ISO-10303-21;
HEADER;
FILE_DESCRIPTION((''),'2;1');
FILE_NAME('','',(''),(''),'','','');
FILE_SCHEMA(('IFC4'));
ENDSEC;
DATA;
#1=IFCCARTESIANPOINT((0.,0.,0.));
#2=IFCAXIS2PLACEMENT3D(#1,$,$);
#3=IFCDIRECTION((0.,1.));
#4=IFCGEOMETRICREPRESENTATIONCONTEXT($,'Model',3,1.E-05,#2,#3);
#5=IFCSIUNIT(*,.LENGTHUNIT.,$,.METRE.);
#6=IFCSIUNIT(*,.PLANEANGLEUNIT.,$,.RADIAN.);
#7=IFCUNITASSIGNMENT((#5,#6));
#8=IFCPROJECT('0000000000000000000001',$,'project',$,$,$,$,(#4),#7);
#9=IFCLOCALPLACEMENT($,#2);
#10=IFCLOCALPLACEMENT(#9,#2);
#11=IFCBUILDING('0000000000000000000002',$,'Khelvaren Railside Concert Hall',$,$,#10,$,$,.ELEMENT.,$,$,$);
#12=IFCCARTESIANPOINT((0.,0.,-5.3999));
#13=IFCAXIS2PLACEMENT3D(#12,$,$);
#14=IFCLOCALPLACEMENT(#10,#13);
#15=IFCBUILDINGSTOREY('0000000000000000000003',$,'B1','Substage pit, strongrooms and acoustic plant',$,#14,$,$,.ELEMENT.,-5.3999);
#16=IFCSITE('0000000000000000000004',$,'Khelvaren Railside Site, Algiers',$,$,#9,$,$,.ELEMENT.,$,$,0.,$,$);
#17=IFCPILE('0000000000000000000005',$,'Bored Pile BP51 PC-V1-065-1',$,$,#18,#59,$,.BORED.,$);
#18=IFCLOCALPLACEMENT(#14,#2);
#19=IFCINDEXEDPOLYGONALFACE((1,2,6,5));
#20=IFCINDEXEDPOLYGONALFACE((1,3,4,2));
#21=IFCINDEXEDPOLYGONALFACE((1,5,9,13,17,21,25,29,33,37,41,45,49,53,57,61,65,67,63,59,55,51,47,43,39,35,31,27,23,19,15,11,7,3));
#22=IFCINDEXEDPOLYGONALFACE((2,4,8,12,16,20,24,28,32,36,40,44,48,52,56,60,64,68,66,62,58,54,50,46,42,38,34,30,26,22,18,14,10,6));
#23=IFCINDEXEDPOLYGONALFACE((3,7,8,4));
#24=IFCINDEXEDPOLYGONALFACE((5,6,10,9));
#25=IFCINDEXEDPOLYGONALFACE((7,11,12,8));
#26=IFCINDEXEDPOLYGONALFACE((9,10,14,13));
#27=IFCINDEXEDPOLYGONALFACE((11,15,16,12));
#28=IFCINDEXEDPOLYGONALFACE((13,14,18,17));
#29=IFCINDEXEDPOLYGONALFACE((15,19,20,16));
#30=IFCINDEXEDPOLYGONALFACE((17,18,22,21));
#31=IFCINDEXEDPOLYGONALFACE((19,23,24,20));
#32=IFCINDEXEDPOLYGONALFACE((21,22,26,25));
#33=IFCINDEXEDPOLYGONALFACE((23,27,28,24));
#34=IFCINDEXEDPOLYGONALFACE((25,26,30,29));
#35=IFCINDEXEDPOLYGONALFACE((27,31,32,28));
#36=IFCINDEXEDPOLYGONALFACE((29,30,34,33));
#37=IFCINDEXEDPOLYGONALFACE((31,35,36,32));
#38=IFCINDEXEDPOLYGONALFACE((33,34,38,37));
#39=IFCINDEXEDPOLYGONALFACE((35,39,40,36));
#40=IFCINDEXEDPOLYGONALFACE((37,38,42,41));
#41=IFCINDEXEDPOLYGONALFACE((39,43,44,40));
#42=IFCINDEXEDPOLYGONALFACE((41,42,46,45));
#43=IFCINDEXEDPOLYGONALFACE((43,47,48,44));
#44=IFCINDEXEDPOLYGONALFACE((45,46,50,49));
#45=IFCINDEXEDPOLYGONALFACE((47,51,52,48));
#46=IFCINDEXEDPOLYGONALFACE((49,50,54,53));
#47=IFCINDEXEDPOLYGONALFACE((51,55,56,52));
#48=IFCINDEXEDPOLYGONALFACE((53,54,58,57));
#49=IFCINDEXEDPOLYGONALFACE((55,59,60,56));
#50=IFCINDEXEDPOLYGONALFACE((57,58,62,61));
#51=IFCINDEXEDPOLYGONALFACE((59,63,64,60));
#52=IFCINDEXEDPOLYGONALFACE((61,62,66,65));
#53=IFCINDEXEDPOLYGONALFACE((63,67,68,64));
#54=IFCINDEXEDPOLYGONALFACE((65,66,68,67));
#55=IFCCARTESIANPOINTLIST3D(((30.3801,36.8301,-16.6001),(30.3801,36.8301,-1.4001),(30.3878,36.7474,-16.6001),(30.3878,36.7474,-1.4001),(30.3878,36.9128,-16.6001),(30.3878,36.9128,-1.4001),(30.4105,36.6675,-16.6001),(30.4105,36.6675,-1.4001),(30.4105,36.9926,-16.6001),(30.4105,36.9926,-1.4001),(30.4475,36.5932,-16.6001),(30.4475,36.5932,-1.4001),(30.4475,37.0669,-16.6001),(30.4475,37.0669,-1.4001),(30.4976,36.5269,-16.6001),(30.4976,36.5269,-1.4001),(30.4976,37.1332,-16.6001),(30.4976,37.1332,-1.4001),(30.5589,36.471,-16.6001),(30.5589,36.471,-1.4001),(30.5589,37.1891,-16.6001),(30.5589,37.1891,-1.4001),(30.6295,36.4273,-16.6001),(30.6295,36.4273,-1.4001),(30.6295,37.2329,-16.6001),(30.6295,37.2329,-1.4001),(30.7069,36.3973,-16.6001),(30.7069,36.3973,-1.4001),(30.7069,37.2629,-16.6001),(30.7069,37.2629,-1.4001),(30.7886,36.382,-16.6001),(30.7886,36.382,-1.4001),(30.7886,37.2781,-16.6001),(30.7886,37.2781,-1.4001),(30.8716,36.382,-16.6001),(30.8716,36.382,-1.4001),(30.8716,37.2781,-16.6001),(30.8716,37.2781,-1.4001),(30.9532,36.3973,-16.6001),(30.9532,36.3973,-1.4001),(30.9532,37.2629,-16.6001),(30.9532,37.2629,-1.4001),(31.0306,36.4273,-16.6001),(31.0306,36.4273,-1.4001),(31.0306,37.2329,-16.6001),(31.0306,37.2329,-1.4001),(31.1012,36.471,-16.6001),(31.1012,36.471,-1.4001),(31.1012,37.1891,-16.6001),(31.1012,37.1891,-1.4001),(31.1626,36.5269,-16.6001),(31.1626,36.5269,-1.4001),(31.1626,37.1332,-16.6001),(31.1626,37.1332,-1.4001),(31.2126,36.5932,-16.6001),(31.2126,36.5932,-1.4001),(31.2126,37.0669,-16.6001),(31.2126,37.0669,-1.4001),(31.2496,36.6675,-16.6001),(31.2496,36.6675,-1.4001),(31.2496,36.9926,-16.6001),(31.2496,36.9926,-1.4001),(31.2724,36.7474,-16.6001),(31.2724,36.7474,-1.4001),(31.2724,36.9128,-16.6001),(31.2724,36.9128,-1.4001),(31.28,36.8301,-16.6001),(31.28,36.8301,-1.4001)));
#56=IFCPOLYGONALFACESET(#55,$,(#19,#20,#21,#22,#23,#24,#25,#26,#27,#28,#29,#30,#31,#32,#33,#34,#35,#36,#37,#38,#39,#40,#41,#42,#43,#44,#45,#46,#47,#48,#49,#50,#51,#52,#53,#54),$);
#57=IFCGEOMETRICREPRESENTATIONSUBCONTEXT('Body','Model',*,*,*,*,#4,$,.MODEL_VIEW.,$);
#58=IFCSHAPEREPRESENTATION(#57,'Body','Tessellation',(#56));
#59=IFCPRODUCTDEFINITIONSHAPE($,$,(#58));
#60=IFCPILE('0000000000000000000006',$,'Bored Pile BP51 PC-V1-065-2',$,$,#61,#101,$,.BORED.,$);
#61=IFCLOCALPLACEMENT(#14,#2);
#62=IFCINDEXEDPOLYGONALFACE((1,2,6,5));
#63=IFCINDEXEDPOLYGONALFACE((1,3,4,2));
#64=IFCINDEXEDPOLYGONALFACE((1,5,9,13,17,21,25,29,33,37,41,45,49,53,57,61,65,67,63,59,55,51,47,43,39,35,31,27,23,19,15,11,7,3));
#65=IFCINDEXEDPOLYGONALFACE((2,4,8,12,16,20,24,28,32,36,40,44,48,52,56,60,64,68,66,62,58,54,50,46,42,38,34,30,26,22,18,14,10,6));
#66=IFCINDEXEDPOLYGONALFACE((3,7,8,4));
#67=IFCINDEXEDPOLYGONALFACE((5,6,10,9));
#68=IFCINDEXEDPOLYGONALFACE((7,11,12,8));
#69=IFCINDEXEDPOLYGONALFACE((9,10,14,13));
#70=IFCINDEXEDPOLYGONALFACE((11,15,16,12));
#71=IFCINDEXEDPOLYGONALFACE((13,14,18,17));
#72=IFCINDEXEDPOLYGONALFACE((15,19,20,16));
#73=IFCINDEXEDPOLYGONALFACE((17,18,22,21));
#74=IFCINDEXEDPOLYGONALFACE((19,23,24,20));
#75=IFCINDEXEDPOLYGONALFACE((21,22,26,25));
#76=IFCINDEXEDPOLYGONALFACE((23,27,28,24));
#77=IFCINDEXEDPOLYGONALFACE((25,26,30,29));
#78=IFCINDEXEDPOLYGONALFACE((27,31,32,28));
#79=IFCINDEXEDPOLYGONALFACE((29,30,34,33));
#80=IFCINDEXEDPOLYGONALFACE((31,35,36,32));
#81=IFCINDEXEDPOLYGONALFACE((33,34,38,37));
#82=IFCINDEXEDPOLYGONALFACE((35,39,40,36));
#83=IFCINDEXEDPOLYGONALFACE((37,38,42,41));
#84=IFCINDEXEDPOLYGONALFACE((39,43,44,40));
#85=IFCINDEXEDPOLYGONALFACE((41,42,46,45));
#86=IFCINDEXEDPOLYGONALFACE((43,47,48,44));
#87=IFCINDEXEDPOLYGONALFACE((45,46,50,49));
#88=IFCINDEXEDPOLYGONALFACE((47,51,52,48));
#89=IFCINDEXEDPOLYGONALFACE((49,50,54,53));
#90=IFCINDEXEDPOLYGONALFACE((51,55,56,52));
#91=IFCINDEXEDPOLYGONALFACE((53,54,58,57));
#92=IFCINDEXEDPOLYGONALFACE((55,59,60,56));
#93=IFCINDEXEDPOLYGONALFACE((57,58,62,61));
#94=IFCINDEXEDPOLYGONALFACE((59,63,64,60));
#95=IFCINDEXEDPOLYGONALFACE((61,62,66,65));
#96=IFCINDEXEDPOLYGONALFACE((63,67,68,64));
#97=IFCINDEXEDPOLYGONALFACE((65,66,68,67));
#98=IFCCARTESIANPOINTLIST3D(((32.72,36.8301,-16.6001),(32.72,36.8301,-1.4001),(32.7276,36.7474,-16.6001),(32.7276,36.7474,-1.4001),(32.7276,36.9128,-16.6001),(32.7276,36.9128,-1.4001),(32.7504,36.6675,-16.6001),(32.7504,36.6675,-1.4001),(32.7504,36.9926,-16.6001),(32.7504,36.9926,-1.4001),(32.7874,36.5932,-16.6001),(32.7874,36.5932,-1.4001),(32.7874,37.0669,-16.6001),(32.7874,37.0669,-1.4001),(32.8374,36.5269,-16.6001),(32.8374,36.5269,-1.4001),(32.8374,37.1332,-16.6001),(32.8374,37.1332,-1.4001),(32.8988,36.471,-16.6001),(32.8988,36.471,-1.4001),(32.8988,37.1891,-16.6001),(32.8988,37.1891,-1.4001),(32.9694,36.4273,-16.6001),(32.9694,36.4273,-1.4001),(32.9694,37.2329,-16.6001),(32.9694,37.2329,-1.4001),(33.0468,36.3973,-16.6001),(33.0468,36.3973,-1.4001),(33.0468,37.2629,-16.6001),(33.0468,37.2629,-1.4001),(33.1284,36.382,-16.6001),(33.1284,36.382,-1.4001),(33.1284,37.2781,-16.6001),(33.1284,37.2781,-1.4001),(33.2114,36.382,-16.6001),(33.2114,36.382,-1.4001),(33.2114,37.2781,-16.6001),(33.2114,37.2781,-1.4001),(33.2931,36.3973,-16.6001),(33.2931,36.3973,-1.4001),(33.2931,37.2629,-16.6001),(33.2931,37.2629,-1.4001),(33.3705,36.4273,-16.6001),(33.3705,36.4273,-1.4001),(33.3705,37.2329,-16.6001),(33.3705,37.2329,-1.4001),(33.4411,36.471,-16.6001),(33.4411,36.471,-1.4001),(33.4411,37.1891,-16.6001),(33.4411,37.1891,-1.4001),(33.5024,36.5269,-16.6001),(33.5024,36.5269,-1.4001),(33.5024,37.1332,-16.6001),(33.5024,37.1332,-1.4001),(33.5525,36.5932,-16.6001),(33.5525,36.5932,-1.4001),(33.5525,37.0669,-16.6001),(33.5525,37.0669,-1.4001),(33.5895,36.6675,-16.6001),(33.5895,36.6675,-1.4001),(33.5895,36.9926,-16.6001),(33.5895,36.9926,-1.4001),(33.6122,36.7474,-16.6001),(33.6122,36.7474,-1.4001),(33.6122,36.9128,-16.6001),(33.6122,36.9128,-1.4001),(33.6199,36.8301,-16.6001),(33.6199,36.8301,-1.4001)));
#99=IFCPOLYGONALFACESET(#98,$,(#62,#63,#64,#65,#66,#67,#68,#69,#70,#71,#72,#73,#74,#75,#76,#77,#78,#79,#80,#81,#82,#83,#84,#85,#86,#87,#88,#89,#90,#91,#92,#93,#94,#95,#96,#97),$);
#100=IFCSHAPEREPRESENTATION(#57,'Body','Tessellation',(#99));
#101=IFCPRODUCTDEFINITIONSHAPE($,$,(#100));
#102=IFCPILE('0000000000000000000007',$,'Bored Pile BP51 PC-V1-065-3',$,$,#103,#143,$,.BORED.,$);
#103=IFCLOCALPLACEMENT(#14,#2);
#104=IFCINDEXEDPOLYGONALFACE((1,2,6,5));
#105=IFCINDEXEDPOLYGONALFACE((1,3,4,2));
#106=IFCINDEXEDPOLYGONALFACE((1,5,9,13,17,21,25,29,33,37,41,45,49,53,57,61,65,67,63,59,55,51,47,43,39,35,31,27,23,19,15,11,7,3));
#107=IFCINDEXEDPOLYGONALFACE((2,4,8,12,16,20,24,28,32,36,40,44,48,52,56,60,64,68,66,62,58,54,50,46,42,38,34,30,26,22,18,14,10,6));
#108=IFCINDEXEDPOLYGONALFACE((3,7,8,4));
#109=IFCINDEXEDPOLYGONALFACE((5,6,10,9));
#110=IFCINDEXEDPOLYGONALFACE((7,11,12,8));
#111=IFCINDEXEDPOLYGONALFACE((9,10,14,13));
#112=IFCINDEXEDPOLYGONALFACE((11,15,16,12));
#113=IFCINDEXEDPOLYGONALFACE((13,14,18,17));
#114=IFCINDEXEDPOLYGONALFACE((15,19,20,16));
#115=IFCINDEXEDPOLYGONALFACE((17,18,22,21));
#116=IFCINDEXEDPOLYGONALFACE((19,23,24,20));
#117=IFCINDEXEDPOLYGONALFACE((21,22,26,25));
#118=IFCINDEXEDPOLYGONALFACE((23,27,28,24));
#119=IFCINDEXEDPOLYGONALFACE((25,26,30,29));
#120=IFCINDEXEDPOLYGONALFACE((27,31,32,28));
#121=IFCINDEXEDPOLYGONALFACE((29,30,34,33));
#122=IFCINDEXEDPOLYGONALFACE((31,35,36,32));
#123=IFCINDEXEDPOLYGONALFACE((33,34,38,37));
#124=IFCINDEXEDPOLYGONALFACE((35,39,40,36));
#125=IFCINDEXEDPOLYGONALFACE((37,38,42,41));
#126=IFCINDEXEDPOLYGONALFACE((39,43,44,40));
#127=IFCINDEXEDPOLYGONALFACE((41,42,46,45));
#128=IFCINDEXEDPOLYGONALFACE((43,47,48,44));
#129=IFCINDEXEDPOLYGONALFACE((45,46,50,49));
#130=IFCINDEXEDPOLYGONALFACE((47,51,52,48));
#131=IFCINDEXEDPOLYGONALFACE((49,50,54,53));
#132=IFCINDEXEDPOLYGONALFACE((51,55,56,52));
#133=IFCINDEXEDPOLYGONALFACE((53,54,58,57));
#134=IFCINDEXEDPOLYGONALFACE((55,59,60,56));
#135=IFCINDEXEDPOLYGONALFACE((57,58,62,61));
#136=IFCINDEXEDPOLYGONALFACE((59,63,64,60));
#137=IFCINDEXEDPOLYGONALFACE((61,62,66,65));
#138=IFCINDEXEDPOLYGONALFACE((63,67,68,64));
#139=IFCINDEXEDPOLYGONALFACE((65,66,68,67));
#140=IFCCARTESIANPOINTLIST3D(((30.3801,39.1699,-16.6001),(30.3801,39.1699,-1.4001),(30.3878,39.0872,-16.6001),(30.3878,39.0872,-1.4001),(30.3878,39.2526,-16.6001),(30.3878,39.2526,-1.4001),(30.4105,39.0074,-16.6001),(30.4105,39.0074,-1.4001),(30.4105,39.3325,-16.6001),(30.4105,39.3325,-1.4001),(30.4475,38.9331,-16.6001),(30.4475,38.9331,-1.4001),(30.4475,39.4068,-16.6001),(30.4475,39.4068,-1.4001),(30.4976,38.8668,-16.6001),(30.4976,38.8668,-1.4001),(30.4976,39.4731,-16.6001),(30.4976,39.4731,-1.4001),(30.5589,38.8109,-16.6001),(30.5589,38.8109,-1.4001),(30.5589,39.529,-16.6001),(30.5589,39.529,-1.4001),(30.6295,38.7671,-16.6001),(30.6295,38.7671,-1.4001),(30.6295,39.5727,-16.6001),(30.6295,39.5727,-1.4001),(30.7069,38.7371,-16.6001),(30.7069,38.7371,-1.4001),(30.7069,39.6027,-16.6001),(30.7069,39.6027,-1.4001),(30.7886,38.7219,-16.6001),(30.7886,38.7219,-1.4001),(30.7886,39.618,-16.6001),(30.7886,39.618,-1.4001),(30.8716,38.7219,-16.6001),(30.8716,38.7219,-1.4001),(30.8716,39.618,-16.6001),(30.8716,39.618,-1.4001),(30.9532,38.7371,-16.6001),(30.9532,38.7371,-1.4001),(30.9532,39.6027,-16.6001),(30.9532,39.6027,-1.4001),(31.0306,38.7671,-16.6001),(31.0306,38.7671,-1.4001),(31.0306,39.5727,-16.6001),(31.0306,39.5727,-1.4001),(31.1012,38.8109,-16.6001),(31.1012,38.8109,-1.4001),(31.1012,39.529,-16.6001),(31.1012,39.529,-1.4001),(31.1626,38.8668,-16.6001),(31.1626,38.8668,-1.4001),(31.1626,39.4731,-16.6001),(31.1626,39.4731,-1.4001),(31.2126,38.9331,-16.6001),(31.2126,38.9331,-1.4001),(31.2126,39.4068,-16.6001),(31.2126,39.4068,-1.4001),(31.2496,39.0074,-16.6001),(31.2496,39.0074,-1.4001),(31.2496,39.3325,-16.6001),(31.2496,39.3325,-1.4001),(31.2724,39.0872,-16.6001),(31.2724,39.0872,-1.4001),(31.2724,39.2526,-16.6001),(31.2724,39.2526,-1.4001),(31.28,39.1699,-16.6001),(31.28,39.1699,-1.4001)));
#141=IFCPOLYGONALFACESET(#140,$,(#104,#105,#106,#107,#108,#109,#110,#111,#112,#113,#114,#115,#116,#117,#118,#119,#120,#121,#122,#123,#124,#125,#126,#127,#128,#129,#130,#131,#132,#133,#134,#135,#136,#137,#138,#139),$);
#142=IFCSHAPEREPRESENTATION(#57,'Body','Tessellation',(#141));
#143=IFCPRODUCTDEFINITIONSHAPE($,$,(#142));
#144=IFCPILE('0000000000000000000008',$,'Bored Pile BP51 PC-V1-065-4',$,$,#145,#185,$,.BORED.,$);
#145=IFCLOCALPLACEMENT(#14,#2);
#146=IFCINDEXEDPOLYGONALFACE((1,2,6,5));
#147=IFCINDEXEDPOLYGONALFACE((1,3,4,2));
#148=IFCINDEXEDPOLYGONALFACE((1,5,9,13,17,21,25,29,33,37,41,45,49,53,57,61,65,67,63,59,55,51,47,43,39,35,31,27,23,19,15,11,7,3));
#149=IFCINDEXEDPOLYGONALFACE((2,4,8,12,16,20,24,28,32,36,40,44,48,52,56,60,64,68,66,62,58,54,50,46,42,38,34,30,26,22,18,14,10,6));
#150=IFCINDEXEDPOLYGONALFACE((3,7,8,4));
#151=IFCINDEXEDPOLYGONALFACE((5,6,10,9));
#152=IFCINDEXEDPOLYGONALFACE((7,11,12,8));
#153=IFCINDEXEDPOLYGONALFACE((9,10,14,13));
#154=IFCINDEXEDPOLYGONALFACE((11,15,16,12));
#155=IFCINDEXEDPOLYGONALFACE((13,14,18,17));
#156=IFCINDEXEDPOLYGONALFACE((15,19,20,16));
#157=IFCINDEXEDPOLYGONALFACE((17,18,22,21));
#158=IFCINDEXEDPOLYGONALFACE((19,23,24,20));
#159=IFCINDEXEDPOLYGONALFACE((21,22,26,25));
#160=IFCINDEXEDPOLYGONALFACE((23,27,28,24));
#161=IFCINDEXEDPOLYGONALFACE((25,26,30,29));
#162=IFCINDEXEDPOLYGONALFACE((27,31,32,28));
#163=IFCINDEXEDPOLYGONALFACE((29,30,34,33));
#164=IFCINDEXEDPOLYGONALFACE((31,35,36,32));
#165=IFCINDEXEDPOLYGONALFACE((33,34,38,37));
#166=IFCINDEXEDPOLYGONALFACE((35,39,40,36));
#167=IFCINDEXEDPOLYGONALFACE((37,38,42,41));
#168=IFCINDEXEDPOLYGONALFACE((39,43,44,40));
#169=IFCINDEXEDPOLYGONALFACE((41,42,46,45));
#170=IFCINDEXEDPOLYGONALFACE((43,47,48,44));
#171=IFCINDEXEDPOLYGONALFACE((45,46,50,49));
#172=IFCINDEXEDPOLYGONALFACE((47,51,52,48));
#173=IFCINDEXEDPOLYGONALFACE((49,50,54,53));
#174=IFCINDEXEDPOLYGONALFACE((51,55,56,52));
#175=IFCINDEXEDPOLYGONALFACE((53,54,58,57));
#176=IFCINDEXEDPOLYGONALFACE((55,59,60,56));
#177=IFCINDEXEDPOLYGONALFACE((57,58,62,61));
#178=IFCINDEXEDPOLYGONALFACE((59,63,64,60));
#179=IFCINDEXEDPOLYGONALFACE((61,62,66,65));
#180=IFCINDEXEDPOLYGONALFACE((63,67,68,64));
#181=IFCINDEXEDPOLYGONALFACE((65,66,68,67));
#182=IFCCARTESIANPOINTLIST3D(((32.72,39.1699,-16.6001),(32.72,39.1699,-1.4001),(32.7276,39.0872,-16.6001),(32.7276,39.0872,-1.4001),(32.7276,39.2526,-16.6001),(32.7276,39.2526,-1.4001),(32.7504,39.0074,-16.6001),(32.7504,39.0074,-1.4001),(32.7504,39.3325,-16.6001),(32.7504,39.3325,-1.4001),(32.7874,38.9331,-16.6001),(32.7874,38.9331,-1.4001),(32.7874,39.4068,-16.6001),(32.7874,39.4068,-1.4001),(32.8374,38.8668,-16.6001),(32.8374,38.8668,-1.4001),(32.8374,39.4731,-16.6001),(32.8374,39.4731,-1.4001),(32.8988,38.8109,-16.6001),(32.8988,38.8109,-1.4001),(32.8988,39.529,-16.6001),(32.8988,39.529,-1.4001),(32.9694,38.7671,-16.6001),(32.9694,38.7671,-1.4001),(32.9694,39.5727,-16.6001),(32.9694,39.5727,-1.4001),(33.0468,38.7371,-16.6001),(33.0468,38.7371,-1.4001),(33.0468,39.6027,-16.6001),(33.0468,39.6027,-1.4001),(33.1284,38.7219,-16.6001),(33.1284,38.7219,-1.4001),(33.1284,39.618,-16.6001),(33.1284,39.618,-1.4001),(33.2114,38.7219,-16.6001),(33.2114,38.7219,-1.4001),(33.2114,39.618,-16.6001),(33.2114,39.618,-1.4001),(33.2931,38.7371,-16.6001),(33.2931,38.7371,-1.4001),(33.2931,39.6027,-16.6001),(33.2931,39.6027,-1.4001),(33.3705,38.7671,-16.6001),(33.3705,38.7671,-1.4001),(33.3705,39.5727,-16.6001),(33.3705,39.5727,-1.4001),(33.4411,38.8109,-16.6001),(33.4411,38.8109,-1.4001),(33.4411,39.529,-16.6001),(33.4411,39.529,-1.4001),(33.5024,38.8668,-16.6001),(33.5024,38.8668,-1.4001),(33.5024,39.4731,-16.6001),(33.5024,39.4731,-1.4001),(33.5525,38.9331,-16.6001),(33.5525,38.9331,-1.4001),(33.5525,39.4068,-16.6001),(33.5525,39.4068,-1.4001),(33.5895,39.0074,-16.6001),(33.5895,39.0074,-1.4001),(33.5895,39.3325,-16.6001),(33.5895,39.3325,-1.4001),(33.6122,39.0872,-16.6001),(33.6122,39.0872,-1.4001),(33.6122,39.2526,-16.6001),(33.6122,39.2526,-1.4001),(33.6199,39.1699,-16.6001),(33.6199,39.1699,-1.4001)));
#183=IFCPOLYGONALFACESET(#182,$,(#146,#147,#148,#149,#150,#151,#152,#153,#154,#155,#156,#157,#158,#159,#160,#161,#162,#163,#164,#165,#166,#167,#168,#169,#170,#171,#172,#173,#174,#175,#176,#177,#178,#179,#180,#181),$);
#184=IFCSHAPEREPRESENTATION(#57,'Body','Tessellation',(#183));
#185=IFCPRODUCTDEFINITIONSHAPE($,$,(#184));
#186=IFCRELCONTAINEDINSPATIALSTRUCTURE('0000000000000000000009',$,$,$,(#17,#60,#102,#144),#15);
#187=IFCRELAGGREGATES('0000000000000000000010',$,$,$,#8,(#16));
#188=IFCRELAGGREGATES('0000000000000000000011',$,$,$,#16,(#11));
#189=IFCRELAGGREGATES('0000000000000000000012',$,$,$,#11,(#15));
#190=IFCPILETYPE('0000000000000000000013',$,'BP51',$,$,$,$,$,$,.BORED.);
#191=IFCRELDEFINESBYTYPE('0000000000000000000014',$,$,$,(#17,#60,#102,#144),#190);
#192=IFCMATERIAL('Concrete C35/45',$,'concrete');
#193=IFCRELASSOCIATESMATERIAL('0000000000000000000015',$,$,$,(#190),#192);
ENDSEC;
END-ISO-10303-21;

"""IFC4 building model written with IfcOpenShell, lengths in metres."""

from ifc_helpers import new_model, si_unit, direction, frame, origin, origin_2d, place, context, subcontext, project, spatial, circle, extrude, material, material_profile, profile_set, type_object, element, save


model = new_model("IFC4")

# Units and contexts
model_context = context("Model", 3, precision=1e-05, world=origin(), true_north=direction((0.0, 1.0)))
body_context = subcontext(model_context, "Body", "Model", "MODEL_VIEW")
ifc_project = project(units=[si_unit("LENGTHUNIT", "METRE"), si_unit("PLANEANGLEUNIT", "RADIAN")], contexts=[model_context])

# Site, building, storey
site_placement = place(None, origin())
site = spatial("IfcSite", under=ifc_project, at=site_placement, Name="Khelvaren Railside Site, Algiers", CompositionType="ELEMENT", RefElevation=0.0)
building_placement = place(site_placement, origin())
building = spatial("IfcBuilding", under=site, at=building_placement, Name="Khelvaren Railside Concert Hall", CompositionType="ELEMENT")
storey_placement = place(building_placement, frame((0.0, 0.0, -5.3999)))
storey = spatial("IfcBuildingStorey", under=building, at=storey_placement, Name="B1", Description="Substage pit, strongrooms and acoustic plant", CompositionType="ELEMENT", Elevation=-5.3999)

# Piles
ifc_material_1 = material(Name="Concrete C35/45", Category="concrete")
ifc_material_profile_1 = material_profile(ifc_material_1, circle(Radius=0.45, at=origin_2d()), Name="BP D900")
ifc_profile_set_1 = profile_set([ifc_material_profile_1], Name="Concrete C35/45")
pile_type_1 = type_object("IfcPileType", Name="BP51", PredefinedType="BORED", material=ifc_profile_set_1)
for number, where, z_axis, x_axis, name in (
    (1, (30.8301, 36.8301, -1.4001), (0.0, 0.0, -1.0), (1.0, 0.0, 0.0), "Bored Pile BP51 PC-V1-065-1"),
    (2, (33.1699, 36.8301, -1.4001), (0.0, 0.0, -1.0), (1.0, 0.0, 0.0), "Bored Pile BP51 PC-V1-065-2"),
    (3, (30.8301, 39.1699, -1.4001), (0.0, 0.0, -1.0), (1.0, 0.0, 0.0), "Bored Pile BP51 PC-V1-065-3"),
    (4, (33.1699, 39.1699, -1.4001), (0.0, 0.0, -1.0), (1.0, 0.0, 0.0), "Bored Pile BP51 PC-V1-065-4"),
):
    element("IfcPile", number, at=place(storey_placement, frame(where, z_axis=z_axis, x_axis=x_axis)), inside=storey, type_object=pile_type_1, Name=name, PredefinedType="BORED", context=body_context, shape_type="SweptSolid", body=[
        extrude(circle(Radius=0.45, at=origin_2d()), origin(), (0.0, 0.0, 1.0), 15.2),
    ])

save(model, "model.ifc")
